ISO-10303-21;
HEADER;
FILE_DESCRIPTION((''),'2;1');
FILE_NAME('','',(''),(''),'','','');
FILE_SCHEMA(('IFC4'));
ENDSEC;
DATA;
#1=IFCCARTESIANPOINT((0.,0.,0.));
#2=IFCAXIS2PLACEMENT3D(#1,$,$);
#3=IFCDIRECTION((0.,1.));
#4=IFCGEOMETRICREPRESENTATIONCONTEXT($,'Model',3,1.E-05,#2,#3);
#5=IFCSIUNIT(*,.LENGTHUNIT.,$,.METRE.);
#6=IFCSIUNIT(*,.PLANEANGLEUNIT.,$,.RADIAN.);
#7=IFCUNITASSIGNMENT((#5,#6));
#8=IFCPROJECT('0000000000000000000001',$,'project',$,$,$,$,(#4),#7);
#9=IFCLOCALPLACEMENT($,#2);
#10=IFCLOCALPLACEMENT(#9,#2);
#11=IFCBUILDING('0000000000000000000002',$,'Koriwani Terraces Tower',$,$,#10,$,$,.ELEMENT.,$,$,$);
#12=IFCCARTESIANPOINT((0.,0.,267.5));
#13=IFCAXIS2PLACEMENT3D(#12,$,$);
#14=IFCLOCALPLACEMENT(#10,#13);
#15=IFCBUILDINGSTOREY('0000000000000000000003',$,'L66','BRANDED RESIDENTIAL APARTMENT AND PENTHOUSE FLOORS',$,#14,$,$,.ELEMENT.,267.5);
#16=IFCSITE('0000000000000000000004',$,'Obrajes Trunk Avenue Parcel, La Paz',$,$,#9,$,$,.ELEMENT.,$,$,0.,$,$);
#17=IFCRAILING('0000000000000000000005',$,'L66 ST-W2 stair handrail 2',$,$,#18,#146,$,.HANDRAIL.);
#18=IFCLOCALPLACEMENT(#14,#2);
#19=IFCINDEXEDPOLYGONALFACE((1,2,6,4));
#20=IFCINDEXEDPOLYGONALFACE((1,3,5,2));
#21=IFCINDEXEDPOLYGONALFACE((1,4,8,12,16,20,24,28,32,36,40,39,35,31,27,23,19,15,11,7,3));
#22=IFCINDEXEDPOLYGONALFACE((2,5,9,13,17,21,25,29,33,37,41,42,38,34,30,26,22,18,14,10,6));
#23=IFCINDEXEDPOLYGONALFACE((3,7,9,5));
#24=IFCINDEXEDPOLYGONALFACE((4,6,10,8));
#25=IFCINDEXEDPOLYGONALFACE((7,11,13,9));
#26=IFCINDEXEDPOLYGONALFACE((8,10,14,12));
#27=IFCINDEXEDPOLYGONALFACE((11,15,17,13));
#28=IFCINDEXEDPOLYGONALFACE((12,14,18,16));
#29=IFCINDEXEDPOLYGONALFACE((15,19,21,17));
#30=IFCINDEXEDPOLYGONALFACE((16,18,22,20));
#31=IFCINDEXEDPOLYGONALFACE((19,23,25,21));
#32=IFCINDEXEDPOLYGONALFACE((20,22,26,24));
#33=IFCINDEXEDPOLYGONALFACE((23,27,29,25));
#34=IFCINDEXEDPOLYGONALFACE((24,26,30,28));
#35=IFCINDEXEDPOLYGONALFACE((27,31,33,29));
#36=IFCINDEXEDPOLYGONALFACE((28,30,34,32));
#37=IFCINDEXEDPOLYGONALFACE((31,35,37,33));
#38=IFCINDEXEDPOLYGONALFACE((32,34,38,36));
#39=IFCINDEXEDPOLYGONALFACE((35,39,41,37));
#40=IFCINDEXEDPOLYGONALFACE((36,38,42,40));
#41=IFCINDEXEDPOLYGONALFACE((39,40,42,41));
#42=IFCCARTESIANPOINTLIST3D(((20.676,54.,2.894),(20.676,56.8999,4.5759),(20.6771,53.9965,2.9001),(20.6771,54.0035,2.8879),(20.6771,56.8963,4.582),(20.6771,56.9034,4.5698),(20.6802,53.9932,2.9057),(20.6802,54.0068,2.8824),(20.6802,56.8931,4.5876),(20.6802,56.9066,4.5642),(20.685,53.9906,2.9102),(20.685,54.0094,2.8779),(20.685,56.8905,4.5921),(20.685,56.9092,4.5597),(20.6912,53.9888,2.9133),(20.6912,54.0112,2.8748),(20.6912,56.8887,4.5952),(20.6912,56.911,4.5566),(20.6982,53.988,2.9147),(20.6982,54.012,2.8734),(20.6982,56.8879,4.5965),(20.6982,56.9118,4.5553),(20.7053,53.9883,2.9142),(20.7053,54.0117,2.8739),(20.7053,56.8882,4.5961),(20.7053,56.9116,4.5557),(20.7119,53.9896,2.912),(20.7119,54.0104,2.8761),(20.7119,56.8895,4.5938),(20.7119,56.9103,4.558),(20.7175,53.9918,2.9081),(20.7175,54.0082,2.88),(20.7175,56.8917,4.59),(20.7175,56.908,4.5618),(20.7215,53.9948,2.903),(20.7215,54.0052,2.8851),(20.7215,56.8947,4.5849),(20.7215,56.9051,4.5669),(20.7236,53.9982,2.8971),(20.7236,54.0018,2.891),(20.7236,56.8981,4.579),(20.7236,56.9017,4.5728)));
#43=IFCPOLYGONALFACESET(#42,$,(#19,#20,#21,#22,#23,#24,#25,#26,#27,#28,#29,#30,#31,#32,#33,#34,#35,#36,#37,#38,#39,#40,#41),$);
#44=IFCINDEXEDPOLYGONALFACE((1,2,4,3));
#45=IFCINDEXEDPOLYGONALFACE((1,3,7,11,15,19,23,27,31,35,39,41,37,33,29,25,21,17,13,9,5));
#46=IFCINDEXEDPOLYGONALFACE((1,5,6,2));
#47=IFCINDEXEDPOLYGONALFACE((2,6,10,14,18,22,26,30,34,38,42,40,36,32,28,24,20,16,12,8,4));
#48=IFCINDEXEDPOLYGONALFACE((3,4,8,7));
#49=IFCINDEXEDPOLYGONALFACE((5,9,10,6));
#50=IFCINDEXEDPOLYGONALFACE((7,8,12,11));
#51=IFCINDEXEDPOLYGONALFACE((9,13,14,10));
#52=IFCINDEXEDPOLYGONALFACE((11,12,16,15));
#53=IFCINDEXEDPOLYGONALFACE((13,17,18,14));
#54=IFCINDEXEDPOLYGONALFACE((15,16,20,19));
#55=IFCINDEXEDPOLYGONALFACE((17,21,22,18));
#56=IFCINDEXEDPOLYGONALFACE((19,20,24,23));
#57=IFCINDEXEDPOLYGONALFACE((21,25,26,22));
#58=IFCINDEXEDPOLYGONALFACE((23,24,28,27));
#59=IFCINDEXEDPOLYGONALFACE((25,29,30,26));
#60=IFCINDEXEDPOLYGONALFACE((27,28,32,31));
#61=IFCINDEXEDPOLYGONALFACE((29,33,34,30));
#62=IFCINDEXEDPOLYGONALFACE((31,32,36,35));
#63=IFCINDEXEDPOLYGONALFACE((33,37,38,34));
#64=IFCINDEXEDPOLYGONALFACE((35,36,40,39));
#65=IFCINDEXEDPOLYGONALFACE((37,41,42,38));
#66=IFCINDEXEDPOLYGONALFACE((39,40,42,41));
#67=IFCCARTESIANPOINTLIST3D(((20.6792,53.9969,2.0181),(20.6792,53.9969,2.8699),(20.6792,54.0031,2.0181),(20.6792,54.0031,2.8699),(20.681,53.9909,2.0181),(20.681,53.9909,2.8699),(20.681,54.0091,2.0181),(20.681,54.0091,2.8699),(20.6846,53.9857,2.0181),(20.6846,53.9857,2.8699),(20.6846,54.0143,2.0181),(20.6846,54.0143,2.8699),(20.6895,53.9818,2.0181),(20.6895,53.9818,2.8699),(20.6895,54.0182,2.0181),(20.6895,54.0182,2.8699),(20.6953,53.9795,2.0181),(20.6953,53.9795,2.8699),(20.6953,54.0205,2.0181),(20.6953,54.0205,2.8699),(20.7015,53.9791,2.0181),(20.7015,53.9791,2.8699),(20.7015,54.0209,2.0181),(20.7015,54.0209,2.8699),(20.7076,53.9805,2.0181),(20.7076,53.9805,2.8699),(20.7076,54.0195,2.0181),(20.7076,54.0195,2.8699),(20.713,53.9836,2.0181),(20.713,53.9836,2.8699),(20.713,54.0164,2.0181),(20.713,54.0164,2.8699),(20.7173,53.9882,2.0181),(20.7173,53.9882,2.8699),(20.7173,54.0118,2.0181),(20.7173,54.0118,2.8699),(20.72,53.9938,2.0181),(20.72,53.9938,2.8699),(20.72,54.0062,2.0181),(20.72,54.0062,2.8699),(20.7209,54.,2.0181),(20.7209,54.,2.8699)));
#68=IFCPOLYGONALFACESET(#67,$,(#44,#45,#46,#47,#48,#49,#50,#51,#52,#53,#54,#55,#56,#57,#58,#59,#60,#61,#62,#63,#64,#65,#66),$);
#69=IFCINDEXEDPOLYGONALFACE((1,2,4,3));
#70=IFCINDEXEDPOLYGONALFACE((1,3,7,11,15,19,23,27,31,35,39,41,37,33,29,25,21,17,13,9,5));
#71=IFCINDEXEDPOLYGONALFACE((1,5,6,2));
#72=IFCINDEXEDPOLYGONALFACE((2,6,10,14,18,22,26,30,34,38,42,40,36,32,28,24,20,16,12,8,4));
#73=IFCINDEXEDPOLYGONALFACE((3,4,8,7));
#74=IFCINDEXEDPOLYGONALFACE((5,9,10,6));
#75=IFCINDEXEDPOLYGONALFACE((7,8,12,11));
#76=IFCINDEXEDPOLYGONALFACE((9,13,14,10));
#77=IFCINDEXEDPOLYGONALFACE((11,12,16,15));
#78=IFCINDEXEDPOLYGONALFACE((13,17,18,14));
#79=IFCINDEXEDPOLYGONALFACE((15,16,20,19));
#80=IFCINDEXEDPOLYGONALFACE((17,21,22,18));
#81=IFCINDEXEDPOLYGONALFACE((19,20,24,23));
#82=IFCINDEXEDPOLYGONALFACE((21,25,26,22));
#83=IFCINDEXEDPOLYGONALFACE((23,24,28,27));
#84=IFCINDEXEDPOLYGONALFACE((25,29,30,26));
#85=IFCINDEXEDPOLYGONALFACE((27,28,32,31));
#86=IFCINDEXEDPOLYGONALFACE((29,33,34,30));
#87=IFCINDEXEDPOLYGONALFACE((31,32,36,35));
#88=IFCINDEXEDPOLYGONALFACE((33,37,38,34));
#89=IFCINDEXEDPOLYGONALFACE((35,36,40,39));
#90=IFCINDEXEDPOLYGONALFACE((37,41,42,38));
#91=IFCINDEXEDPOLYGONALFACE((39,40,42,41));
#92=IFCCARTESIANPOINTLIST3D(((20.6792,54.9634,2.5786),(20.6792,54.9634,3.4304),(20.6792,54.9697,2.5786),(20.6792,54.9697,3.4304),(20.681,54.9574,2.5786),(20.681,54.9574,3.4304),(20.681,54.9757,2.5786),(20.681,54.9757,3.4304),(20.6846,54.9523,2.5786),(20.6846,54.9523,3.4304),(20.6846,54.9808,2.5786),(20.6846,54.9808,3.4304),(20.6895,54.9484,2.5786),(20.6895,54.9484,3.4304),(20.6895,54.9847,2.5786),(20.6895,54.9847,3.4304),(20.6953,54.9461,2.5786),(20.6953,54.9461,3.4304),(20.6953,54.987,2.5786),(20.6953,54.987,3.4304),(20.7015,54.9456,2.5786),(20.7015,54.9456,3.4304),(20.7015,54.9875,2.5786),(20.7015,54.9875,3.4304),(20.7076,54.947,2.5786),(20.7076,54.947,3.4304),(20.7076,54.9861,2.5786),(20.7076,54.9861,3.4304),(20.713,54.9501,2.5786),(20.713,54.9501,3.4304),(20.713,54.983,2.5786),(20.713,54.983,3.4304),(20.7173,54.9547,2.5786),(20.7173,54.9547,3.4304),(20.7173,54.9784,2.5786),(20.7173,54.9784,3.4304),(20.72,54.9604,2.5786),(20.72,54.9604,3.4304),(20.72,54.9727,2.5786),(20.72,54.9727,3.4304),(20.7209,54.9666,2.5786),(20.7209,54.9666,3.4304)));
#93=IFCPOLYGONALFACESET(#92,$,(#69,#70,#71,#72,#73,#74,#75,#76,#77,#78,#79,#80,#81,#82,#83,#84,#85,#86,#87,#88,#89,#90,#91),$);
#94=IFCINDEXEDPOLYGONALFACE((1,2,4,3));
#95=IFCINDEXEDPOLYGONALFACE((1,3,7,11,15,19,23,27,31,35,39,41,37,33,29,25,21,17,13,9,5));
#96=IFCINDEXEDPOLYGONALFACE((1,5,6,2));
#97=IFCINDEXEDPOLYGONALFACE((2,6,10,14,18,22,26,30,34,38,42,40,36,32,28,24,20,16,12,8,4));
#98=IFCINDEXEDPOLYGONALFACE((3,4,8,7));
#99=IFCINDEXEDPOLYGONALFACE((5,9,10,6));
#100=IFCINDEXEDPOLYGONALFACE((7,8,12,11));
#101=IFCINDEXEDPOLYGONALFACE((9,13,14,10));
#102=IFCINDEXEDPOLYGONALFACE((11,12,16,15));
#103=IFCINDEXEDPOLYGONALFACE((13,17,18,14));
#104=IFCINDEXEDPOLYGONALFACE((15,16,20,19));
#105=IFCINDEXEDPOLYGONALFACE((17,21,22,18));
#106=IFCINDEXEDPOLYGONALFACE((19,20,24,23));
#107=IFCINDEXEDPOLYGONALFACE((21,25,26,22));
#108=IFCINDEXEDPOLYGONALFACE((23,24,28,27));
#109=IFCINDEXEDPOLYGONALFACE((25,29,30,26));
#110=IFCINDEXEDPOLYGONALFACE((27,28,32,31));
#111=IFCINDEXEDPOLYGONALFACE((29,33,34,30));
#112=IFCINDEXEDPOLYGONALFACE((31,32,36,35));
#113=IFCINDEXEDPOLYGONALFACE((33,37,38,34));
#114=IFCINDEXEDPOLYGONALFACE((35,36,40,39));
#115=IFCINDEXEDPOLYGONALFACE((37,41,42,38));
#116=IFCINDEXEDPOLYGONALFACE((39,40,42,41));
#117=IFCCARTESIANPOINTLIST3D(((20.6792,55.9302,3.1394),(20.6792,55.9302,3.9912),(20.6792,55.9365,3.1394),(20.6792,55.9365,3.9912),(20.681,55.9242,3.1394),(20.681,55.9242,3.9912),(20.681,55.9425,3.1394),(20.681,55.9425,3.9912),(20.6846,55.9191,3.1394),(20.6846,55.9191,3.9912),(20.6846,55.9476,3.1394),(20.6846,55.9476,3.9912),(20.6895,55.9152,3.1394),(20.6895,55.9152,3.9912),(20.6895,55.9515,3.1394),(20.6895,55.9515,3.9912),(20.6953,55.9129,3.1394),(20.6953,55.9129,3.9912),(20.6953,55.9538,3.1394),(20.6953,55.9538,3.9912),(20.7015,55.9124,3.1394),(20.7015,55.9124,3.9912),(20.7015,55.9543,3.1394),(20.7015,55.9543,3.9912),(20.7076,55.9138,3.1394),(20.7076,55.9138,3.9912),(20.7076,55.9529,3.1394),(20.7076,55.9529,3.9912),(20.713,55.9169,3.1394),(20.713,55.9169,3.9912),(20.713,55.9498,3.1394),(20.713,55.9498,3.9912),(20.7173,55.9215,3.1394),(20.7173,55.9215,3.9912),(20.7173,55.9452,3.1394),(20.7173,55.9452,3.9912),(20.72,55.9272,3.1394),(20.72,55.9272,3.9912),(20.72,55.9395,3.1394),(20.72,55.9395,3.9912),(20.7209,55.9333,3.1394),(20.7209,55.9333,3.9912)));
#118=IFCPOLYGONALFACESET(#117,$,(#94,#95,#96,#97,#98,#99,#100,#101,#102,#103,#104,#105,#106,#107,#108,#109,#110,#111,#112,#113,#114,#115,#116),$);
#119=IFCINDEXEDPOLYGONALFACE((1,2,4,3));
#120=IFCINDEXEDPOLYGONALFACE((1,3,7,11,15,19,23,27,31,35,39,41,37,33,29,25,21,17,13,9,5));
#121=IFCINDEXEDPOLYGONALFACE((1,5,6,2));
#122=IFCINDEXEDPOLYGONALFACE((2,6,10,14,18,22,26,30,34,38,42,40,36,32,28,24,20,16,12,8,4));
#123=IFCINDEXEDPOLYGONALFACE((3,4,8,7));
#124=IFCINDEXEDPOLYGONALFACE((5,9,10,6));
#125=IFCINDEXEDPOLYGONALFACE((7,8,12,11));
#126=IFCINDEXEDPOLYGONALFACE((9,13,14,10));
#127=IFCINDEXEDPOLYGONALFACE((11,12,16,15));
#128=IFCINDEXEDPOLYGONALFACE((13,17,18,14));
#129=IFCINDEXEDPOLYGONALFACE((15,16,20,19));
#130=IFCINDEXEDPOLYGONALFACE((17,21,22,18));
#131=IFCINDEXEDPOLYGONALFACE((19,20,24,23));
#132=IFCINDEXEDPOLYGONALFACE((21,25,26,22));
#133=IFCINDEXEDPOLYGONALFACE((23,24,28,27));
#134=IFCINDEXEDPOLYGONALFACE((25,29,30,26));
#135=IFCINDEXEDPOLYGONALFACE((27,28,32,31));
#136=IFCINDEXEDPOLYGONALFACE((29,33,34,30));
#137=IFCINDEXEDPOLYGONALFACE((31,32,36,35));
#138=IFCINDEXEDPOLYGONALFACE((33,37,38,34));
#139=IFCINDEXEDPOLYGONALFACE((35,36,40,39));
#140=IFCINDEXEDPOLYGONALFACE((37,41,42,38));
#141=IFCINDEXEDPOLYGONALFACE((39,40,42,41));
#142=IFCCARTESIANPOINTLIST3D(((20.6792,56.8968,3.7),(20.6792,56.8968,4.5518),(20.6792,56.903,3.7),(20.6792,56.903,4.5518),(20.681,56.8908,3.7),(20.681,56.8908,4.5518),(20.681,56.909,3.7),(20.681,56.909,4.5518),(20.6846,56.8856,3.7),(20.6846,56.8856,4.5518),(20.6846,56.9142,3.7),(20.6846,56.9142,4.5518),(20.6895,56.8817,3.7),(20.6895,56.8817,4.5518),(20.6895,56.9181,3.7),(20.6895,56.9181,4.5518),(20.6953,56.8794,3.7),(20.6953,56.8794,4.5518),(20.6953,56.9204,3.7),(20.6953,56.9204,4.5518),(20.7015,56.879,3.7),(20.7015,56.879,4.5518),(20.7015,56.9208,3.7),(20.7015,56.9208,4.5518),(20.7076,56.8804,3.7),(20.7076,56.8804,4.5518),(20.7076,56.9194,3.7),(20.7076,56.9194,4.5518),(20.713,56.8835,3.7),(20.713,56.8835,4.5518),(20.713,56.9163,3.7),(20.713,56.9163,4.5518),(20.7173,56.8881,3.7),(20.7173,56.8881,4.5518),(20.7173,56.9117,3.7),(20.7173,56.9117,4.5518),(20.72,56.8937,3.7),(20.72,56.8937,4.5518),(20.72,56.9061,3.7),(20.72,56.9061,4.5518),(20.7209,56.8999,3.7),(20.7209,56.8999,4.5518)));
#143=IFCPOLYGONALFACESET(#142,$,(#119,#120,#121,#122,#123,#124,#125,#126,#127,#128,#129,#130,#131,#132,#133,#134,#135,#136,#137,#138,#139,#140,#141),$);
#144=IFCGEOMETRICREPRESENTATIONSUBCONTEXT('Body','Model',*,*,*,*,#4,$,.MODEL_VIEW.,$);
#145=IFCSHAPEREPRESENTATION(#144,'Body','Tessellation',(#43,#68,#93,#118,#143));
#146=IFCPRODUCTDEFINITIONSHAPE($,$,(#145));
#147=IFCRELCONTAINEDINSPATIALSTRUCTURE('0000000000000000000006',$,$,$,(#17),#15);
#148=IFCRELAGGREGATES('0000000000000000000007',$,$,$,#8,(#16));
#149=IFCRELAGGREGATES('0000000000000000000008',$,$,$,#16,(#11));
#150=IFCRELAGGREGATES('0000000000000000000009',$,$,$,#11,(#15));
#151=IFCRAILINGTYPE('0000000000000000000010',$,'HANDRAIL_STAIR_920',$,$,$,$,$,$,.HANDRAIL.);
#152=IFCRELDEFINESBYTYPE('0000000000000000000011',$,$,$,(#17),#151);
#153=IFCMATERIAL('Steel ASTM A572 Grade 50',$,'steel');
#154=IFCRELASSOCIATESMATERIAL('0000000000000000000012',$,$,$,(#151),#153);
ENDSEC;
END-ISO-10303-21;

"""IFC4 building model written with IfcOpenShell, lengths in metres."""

from ifc_helpers import new_model, si_unit, direction, frame, origin, origin_2d, place, context, subcontext, project, spatial, circle, extrude, material, type_object, element, save


model = new_model("IFC4")

# Units and contexts
model_context = context("Model", 3, precision=1e-05, world=origin(), true_north=direction((0.0, 1.0)))
body_context = subcontext(model_context, "Body", "Model", "MODEL_VIEW")
ifc_project = project(units=[si_unit("LENGTHUNIT", "METRE"), si_unit("PLANEANGLEUNIT", "RADIAN")], contexts=[model_context])

# Site, building, storey
site_placement = place(None, origin())
site = spatial("IfcSite", under=ifc_project, at=site_placement, Name="Obrajes Trunk Avenue Parcel, La Paz", CompositionType="ELEMENT", RefElevation=0.0)
building_placement = place(site_placement, origin())
building = spatial("IfcBuilding", under=site, at=building_placement, Name="Koriwani Terraces Tower", CompositionType="ELEMENT")
storey_placement = place(building_placement, frame((0.0, 0.0, 267.5)))
storey = spatial("IfcBuildingStorey", under=building, at=storey_placement, Name="L66", Description="BRANDED RESIDENTIAL APARTMENT AND PENTHOUSE FLOORS", CompositionType="ELEMENT", Elevation=267.5)

# Shared definitions
ifc_material_1 = material(Name="Steel ASTM A572 Grade 50", Category="steel")

# Railing
railing_type_1 = type_object("IfcRailingType", Name="HANDRAIL_STAIR_920", PredefinedType="HANDRAIL", material=ifc_material_1)
railing_1_placement = place(storey_placement, frame((20.7, 54.0, 2.0181)))
element("IfcRailing", 1, at=railing_1_placement, inside=storey, type_object=railing_type_1, Name="L66 ST-W2 stair handrail 2", PredefinedType="HANDRAIL", context=body_context, shape_type="SweptSolid", body=[
    extrude(circle(Radius=0.0239, at=origin_2d()), frame((0.0, 0.0, 0.876), z_axis=(0.0, 0.865039, 0.501705), x_axis=(-1.0, 0.0, 0.0)), (0.0, 0.0, 1.0), 3.3523),
    extrude(circle(Radius=0.021, at=origin_2d()), origin(), (0.0, 0.0, 1.0), 0.8518),
    extrude(circle(Radius=0.021, at=origin_2d()), frame((0.0, 0.9666, 0.5605)), (0.0, 0.0, 1.0), 0.8518),
    extrude(circle(Radius=0.021, at=origin_2d()), frame((0.0, 1.9333, 1.1213)), (0.0, 0.0, 1.0), 0.8518),
    extrude(circle(Radius=0.021, at=origin_2d()), frame((0.0, 2.8999, 1.6819)), (0.0, 0.0, 1.0), 0.8518),
])

save(model, "model.ifc")
